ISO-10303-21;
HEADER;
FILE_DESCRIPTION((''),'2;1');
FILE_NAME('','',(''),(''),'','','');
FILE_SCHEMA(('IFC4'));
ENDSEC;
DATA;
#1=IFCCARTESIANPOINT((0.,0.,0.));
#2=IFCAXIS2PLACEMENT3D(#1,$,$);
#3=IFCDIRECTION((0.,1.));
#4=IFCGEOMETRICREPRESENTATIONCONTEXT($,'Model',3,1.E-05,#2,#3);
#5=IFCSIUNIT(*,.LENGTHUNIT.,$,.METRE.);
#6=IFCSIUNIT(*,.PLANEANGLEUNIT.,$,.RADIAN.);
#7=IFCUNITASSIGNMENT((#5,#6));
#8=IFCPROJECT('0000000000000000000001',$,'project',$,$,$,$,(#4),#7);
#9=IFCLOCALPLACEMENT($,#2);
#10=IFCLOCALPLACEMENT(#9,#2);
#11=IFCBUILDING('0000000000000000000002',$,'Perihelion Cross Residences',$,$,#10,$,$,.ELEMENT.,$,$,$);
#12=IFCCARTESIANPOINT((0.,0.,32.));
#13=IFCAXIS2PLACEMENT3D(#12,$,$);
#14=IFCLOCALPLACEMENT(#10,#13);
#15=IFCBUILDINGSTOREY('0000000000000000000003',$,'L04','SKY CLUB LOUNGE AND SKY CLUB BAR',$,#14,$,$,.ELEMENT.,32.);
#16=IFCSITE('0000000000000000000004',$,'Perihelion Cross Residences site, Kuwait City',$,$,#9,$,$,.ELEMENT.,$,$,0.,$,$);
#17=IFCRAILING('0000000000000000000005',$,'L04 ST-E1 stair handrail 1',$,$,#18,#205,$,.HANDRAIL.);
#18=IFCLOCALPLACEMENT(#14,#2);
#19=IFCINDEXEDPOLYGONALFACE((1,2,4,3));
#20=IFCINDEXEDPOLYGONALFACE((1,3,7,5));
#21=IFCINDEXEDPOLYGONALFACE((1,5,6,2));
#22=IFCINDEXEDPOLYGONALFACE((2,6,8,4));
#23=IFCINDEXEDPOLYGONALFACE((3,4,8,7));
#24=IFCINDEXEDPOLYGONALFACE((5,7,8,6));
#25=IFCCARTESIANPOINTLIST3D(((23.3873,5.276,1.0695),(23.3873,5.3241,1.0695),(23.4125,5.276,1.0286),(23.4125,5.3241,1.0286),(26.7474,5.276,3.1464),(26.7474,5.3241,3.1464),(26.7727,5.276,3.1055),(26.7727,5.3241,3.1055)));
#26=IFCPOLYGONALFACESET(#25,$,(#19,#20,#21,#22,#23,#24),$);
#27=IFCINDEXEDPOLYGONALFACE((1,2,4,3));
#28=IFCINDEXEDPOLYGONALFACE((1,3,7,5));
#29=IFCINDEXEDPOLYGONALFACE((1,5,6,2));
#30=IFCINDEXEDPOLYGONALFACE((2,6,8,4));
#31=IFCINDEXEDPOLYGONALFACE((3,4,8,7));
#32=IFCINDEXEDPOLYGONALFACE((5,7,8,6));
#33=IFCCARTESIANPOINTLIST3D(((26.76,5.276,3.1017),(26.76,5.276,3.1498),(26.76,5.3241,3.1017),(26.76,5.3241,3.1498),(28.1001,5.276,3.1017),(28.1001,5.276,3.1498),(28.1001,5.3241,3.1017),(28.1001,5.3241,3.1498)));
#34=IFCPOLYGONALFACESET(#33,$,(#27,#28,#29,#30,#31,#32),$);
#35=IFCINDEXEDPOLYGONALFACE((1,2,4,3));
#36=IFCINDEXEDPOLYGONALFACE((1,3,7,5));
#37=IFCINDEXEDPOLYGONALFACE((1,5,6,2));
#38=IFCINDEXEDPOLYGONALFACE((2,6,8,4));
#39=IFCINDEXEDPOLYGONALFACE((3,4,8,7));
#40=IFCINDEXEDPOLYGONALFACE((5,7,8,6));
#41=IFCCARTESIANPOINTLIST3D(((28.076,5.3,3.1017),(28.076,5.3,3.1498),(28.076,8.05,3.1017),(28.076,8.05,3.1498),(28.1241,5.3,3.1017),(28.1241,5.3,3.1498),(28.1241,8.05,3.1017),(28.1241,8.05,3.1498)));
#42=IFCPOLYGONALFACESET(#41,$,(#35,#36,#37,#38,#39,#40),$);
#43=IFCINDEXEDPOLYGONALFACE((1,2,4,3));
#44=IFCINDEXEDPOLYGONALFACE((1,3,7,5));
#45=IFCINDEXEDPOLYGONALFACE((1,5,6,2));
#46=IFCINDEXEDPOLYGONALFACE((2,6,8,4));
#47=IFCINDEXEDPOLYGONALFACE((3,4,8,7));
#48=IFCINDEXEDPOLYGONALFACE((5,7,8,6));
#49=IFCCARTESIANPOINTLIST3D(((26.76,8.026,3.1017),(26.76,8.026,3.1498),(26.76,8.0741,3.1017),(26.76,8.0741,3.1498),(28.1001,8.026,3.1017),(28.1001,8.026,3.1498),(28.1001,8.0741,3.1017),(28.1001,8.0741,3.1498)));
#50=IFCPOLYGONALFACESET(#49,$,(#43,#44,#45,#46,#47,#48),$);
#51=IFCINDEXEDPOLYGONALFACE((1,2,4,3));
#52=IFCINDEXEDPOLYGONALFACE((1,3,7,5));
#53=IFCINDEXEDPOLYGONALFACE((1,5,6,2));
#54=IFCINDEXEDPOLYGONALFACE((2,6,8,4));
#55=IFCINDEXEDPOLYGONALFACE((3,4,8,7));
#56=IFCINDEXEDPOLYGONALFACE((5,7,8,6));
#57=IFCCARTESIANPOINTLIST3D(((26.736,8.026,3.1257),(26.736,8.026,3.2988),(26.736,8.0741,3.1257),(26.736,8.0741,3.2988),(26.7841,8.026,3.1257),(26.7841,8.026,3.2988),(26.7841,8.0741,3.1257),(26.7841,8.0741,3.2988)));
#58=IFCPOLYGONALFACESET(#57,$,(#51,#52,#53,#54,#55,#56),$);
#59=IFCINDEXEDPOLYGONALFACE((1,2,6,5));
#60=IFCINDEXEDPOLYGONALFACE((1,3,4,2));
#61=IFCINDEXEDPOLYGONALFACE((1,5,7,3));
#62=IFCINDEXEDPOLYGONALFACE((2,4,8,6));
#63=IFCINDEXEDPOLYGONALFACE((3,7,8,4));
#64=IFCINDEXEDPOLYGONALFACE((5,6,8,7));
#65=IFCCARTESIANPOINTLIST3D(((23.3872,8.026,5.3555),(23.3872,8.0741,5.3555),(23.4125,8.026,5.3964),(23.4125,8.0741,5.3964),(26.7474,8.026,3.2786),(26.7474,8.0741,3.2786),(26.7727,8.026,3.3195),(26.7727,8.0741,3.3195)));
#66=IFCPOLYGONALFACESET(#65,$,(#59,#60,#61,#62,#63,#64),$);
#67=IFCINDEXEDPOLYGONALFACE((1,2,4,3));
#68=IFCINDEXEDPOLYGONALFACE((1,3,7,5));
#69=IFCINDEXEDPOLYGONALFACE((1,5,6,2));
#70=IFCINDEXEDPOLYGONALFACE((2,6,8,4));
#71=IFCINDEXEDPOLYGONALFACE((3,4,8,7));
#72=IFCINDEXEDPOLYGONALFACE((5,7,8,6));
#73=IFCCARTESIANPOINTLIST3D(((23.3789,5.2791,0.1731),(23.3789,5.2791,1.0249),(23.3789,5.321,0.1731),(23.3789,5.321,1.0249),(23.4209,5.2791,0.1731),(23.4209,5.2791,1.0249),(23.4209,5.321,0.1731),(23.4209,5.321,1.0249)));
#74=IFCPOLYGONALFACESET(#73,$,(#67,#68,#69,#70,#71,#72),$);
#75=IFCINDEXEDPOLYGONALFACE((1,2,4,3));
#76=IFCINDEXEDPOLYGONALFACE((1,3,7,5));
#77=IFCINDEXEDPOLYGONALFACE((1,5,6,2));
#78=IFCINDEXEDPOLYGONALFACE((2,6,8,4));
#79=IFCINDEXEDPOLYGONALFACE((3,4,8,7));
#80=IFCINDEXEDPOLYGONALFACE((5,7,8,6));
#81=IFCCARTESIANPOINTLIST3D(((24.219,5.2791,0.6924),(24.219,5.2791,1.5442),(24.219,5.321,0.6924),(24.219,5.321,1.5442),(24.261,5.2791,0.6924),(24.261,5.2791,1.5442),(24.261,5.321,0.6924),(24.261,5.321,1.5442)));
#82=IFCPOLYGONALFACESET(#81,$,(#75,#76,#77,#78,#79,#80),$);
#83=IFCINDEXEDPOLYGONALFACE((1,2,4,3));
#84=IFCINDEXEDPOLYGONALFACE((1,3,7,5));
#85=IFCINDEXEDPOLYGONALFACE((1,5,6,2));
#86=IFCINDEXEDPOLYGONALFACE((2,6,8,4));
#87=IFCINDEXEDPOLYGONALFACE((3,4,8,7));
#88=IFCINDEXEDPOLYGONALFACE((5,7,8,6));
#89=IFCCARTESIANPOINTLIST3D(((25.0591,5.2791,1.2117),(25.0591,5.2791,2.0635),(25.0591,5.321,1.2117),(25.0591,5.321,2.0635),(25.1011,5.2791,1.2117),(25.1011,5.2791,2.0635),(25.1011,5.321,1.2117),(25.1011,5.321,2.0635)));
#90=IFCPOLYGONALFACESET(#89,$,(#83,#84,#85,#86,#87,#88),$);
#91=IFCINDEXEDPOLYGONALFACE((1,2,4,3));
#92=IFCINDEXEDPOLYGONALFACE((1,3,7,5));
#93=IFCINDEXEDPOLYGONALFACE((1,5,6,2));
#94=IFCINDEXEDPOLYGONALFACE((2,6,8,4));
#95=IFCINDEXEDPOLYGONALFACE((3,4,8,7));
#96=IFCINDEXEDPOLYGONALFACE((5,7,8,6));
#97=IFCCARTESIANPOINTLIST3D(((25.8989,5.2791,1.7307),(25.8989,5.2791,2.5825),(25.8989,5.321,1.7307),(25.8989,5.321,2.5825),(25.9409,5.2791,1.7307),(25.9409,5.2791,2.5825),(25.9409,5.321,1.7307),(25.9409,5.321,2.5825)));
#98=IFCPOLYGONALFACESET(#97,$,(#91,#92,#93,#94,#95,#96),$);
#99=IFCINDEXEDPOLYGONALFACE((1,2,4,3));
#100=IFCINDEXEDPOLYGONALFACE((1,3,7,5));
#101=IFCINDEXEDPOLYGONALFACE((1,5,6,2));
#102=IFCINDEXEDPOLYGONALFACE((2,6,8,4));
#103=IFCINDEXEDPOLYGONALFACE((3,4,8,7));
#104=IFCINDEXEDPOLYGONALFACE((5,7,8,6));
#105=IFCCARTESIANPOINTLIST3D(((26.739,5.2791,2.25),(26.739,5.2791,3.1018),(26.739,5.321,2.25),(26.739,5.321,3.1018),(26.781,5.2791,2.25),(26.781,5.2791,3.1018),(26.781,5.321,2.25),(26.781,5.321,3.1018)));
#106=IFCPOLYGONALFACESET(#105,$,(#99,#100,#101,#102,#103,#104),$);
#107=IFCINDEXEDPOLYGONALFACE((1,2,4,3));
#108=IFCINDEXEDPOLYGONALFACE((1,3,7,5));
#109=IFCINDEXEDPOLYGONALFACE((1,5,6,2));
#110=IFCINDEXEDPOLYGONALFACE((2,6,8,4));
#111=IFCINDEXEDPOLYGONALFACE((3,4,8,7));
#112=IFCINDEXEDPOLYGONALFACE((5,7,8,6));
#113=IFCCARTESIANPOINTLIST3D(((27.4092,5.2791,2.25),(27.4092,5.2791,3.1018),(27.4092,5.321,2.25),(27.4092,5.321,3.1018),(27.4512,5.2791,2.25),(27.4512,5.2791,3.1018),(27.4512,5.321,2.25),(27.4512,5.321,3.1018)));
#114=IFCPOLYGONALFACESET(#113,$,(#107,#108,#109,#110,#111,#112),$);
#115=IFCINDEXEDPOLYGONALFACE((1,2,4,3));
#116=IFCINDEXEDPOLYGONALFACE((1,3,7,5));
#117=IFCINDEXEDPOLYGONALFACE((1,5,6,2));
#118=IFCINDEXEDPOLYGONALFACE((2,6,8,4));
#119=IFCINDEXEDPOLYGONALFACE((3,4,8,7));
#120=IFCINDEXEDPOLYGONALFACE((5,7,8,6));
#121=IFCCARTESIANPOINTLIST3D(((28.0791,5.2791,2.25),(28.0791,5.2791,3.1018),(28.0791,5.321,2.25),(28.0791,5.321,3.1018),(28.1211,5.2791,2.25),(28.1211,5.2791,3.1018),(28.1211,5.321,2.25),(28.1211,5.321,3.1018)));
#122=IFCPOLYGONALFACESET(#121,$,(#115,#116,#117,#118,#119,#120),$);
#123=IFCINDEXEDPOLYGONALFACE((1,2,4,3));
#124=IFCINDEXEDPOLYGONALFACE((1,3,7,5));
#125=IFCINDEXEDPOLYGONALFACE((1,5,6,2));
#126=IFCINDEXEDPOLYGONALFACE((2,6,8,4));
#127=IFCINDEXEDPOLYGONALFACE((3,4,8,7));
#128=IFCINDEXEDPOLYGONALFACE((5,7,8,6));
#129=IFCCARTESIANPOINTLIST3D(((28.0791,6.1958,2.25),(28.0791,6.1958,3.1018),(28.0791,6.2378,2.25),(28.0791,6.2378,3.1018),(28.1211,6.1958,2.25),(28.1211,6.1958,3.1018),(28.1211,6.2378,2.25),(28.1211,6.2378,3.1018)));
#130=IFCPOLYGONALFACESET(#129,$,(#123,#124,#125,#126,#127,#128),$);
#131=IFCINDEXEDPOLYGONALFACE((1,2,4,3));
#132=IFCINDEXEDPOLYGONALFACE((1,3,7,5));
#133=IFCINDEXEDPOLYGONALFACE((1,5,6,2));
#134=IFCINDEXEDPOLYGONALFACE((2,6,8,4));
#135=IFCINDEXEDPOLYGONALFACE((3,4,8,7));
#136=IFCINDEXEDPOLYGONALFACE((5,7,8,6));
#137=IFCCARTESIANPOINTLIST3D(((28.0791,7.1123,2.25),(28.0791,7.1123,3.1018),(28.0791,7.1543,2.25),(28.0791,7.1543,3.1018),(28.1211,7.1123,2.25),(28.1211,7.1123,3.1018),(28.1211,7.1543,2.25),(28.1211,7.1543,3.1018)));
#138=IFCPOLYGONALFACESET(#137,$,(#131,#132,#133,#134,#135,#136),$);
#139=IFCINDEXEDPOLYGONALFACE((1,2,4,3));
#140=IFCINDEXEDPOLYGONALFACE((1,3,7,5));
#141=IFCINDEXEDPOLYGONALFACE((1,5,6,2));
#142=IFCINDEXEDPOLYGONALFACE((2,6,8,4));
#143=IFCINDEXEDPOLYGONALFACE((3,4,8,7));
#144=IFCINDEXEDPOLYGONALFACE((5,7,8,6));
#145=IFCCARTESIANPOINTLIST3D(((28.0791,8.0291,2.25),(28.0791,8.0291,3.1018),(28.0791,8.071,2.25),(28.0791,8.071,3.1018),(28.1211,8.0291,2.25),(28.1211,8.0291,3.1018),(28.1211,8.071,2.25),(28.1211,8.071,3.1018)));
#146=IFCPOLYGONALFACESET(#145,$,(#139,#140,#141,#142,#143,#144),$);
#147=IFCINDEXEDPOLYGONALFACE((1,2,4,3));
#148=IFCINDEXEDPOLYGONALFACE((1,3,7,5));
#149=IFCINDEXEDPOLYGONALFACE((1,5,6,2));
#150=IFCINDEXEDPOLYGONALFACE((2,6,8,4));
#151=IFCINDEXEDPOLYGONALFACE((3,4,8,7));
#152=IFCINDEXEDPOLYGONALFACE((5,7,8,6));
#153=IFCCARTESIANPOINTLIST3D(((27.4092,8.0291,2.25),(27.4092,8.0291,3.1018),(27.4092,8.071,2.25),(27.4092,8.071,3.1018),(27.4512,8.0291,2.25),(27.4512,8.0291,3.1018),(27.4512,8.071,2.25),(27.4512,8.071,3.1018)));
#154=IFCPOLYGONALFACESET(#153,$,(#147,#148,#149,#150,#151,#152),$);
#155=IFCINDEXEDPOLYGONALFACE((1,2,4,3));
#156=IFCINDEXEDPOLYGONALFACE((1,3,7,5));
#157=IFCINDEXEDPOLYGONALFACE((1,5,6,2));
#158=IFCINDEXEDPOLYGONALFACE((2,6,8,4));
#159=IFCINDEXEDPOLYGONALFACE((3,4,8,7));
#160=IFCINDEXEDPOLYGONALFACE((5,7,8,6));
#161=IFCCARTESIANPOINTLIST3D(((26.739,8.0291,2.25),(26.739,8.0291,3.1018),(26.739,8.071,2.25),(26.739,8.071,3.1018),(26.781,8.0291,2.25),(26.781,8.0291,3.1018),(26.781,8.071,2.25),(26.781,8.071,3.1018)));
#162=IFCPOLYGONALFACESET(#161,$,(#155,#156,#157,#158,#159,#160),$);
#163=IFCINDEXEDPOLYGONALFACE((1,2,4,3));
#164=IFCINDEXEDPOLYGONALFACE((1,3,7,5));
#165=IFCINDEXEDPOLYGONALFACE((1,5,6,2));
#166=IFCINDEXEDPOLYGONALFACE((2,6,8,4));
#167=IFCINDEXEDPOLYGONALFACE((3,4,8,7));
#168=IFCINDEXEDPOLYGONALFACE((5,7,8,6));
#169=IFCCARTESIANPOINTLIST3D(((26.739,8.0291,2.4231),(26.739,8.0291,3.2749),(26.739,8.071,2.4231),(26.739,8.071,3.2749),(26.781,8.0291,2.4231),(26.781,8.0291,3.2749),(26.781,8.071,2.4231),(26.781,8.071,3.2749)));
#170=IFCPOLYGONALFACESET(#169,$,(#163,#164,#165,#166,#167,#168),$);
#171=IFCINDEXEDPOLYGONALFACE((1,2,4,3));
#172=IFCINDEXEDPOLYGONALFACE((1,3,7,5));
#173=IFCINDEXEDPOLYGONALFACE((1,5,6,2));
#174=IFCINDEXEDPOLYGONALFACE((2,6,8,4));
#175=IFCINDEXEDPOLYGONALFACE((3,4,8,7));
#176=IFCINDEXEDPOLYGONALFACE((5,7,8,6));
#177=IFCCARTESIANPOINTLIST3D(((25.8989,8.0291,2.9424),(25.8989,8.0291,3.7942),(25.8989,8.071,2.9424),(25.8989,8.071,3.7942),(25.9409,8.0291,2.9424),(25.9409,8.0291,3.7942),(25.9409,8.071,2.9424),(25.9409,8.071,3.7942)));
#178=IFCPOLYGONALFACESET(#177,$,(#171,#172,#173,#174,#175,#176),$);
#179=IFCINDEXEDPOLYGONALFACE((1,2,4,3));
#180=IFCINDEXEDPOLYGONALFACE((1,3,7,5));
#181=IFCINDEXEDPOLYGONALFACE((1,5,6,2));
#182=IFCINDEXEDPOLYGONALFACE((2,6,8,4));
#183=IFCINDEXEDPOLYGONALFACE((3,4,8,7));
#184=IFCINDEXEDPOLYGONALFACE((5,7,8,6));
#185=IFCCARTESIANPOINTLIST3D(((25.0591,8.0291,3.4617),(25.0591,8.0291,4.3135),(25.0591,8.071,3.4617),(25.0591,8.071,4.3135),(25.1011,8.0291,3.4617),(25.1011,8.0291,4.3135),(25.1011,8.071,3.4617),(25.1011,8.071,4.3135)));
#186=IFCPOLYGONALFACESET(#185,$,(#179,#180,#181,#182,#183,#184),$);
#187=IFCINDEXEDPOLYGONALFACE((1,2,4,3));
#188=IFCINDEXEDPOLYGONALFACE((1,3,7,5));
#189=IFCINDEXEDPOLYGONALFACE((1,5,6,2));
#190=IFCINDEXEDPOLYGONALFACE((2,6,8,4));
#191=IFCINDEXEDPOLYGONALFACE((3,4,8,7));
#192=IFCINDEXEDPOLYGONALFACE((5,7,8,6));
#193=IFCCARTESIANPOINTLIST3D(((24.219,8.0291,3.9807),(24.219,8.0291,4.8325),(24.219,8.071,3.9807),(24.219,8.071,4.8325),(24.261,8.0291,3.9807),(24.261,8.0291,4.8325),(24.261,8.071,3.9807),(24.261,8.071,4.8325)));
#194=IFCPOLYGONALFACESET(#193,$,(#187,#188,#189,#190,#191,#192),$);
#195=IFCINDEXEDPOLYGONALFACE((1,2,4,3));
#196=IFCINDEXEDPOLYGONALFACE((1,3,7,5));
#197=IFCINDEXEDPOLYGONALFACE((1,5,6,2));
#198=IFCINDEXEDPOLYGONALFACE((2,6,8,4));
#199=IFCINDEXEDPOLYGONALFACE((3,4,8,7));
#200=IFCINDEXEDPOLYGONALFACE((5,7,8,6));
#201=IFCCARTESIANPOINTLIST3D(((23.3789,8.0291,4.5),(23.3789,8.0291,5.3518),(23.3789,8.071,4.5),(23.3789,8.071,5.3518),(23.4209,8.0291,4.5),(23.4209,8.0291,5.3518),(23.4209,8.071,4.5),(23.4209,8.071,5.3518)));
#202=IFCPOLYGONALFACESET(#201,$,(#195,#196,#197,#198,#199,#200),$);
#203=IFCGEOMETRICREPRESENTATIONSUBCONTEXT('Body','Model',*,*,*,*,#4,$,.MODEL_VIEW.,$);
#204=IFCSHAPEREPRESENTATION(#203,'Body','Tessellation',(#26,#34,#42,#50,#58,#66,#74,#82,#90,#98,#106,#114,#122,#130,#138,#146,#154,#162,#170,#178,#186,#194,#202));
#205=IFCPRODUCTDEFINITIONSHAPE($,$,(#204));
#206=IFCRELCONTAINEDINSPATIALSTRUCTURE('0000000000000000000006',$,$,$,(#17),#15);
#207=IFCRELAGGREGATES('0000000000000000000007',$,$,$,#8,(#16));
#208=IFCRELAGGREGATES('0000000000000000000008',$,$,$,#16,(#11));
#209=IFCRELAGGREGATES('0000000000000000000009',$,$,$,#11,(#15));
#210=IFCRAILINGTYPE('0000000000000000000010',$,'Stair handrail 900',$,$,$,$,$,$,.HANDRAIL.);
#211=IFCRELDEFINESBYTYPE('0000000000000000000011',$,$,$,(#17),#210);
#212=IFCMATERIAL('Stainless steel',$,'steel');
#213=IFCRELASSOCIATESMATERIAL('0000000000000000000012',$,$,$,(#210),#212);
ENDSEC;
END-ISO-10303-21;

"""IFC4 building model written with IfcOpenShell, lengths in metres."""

from ifc_helpers import new_model, si_unit, direction, frame, origin, origin_2d, place, context, subcontext, project, spatial, rectangle, extrude, material, type_object, element, save


model = new_model("IFC4")

# Units and contexts
model_context = context("Model", 3, precision=1e-05, world=origin(), true_north=direction((0.0, 1.0)))
body_context = subcontext(model_context, "Body", "Model", "MODEL_VIEW")
ifc_project = project(units=[si_unit("LENGTHUNIT", "METRE"), si_unit("PLANEANGLEUNIT", "RADIAN")], contexts=[model_context])

# Site, building, storey
site_placement = place(None, origin())
site = spatial("IfcSite", under=ifc_project, at=site_placement, Name="Perihelion Cross Residences site, Kuwait City", CompositionType="ELEMENT", RefElevation=0.0)
building_placement = place(site_placement, origin())
building = spatial("IfcBuilding", under=site, at=building_placement, Name="Perihelion Cross Residences", CompositionType="ELEMENT")
storey_placement = place(building_placement, frame((0.0, 0.0, 32.0)))
storey = spatial("IfcBuildingStorey", under=building, at=storey_placement, Name="L04", Description="SKY CLUB LOUNGE AND SKY CLUB BAR", CompositionType="ELEMENT", Elevation=32.0)

# Railing
ifc_material_1 = material(Name="Stainless steel", Category="steel")
railing_type_1 = type_object("IfcRailingType", Name="Stair handrail 900", PredefinedType="HANDRAIL", material=ifc_material_1)
railing_1_placement = place(storey_placement, frame((23.3999, 5.3, 0.1731)))
element("IfcRailing", 1, at=railing_1_placement, inside=storey, type_object=railing_type_1, Name="L04 ST-E1 stair handrail 1", PredefinedType="HANDRAIL", context=body_context, shape_type="SweptSolid", body=[
    extrude(rectangle(XDim=0.0481, YDim=0.0481, at=origin_2d()), frame((0.0, 0.0, 0.876), z_axis=(0.850623, 0.0, 0.525776), x_axis=(0.0, 1.0, 0.0)), (0.0, 0.0, 1.0), 3.9502),
    extrude(rectangle(XDim=0.0481, YDim=0.0481, at=origin_2d()), frame((3.3601, 0.0, 2.9526), z_axis=(1.0, 0.0, 0.0), x_axis=(0.0, 1.0, 0.0)), (0.0, 0.0, 1.0), 1.3401),
    extrude(rectangle(XDim=0.0481, YDim=0.0481, at=origin_2d()), frame((4.7002, 0.0, 2.9526), z_axis=(0.0, 1.0, 0.0), x_axis=(-1.0, 0.0, 0.0)), (0.0, 0.0, 1.0), 2.75),
    extrude(rectangle(XDim=0.0481, YDim=0.0481, at=origin_2d()), frame((4.7002, 2.75, 2.9526), z_axis=(-1.0, 0.0, 0.0), x_axis=(0.0, -1.0, 0.0)), (0.0, 0.0, 1.0), 1.3401),
    extrude(rectangle(XDim=0.0481, YDim=0.0481, at=origin_2d()), frame((3.3601, 2.75, 2.9526), z_axis=(0.0, 0.0, 1.0), x_axis=(1.0, 0.0, 0.0)), (0.0, 0.0, 1.0), 0.1731),
    extrude(rectangle(XDim=0.0481, YDim=0.0481, at=origin_2d()), frame((3.3601, 2.75, 3.126), z_axis=(-0.850623, 0.0, 0.525776), x_axis=(0.0, -1.0, 0.0)), (0.0, 0.0, 1.0), 3.9502),
    extrude(rectangle(XDim=0.042, YDim=0.042, at=origin_2d()), origin(), (0.0, 0.0, 1.0), 0.8518),
    extrude(rectangle(XDim=0.042, YDim=0.042, at=origin_2d()), frame((0.8401, 0.0, 0.5193)), (0.0, 0.0, 1.0), 0.8518),
    extrude(rectangle(XDim=0.042, YDim=0.042, at=origin_2d()), frame((1.6802, 0.0, 1.0386)), (0.0, 0.0, 1.0), 0.8518),
    extrude(rectangle(XDim=0.042, YDim=0.042, at=origin_2d()), frame((2.52, 0.0, 1.5576)), (0.0, 0.0, 1.0), 0.8518),
    extrude(rectangle(XDim=0.042, YDim=0.042, at=origin_2d()), frame((3.3601, 0.0, 2.0769)), (0.0, 0.0, 1.0), 0.8518),
    extrude(rectangle(XDim=0.042, YDim=0.042, at=origin_2d()), frame((4.0303, 0.0, 2.0769)), (0.0, 0.0, 1.0), 0.8518),
    extrude(rectangle(XDim=0.042, YDim=0.042, at=origin_2d()), frame((4.7002, 0.0, 2.0769)), (0.0, 0.0, 1.0), 0.8518),
    extrude(rectangle(XDim=0.042, YDim=0.042, at=origin_2d()), frame((4.7002, 0.9167, 2.0769)), (0.0, 0.0, 1.0), 0.8518),
    extrude(rectangle(XDim=0.042, YDim=0.042, at=origin_2d()), frame((4.7002, 1.8333, 2.0769)), (0.0, 0.0, 1.0), 0.8518),
    extrude(rectangle(XDim=0.042, YDim=0.042, at=origin_2d()), frame((4.7002, 2.75, 2.0769)), (0.0, 0.0, 1.0), 0.8518),
    extrude(rectangle(XDim=0.042, YDim=0.042, at=origin_2d()), frame((4.0303, 2.75, 2.0769)), (0.0, 0.0, 1.0), 0.8518),
    extrude(rectangle(XDim=0.042, YDim=0.042, at=origin_2d()), frame((3.3601, 2.75, 2.0769)), (0.0, 0.0, 1.0), 0.8518),
    extrude(rectangle(XDim=0.042, YDim=0.042, at=origin_2d()), frame((3.3601, 2.75, 2.25)), (0.0, 0.0, 1.0), 0.8518),
    extrude(rectangle(XDim=0.042, YDim=0.042, at=origin_2d()), frame((2.52, 2.75, 2.7693)), (0.0, 0.0, 1.0), 0.8518),
    extrude(rectangle(XDim=0.042, YDim=0.042, at=origin_2d()), frame((1.6802, 2.75, 3.2886)), (0.0, 0.0, 1.0), 0.8518),
    extrude(rectangle(XDim=0.042, YDim=0.042, at=origin_2d()), frame((0.8401, 2.75, 3.8076)), (0.0, 0.0, 1.0), 0.8518),
    extrude(rectangle(XDim=0.042, YDim=0.042, at=origin_2d()), frame((0.0, 2.75, 4.3269)), (0.0, 0.0, 1.0), 0.8518),
])

save(model, "model.ifc")
